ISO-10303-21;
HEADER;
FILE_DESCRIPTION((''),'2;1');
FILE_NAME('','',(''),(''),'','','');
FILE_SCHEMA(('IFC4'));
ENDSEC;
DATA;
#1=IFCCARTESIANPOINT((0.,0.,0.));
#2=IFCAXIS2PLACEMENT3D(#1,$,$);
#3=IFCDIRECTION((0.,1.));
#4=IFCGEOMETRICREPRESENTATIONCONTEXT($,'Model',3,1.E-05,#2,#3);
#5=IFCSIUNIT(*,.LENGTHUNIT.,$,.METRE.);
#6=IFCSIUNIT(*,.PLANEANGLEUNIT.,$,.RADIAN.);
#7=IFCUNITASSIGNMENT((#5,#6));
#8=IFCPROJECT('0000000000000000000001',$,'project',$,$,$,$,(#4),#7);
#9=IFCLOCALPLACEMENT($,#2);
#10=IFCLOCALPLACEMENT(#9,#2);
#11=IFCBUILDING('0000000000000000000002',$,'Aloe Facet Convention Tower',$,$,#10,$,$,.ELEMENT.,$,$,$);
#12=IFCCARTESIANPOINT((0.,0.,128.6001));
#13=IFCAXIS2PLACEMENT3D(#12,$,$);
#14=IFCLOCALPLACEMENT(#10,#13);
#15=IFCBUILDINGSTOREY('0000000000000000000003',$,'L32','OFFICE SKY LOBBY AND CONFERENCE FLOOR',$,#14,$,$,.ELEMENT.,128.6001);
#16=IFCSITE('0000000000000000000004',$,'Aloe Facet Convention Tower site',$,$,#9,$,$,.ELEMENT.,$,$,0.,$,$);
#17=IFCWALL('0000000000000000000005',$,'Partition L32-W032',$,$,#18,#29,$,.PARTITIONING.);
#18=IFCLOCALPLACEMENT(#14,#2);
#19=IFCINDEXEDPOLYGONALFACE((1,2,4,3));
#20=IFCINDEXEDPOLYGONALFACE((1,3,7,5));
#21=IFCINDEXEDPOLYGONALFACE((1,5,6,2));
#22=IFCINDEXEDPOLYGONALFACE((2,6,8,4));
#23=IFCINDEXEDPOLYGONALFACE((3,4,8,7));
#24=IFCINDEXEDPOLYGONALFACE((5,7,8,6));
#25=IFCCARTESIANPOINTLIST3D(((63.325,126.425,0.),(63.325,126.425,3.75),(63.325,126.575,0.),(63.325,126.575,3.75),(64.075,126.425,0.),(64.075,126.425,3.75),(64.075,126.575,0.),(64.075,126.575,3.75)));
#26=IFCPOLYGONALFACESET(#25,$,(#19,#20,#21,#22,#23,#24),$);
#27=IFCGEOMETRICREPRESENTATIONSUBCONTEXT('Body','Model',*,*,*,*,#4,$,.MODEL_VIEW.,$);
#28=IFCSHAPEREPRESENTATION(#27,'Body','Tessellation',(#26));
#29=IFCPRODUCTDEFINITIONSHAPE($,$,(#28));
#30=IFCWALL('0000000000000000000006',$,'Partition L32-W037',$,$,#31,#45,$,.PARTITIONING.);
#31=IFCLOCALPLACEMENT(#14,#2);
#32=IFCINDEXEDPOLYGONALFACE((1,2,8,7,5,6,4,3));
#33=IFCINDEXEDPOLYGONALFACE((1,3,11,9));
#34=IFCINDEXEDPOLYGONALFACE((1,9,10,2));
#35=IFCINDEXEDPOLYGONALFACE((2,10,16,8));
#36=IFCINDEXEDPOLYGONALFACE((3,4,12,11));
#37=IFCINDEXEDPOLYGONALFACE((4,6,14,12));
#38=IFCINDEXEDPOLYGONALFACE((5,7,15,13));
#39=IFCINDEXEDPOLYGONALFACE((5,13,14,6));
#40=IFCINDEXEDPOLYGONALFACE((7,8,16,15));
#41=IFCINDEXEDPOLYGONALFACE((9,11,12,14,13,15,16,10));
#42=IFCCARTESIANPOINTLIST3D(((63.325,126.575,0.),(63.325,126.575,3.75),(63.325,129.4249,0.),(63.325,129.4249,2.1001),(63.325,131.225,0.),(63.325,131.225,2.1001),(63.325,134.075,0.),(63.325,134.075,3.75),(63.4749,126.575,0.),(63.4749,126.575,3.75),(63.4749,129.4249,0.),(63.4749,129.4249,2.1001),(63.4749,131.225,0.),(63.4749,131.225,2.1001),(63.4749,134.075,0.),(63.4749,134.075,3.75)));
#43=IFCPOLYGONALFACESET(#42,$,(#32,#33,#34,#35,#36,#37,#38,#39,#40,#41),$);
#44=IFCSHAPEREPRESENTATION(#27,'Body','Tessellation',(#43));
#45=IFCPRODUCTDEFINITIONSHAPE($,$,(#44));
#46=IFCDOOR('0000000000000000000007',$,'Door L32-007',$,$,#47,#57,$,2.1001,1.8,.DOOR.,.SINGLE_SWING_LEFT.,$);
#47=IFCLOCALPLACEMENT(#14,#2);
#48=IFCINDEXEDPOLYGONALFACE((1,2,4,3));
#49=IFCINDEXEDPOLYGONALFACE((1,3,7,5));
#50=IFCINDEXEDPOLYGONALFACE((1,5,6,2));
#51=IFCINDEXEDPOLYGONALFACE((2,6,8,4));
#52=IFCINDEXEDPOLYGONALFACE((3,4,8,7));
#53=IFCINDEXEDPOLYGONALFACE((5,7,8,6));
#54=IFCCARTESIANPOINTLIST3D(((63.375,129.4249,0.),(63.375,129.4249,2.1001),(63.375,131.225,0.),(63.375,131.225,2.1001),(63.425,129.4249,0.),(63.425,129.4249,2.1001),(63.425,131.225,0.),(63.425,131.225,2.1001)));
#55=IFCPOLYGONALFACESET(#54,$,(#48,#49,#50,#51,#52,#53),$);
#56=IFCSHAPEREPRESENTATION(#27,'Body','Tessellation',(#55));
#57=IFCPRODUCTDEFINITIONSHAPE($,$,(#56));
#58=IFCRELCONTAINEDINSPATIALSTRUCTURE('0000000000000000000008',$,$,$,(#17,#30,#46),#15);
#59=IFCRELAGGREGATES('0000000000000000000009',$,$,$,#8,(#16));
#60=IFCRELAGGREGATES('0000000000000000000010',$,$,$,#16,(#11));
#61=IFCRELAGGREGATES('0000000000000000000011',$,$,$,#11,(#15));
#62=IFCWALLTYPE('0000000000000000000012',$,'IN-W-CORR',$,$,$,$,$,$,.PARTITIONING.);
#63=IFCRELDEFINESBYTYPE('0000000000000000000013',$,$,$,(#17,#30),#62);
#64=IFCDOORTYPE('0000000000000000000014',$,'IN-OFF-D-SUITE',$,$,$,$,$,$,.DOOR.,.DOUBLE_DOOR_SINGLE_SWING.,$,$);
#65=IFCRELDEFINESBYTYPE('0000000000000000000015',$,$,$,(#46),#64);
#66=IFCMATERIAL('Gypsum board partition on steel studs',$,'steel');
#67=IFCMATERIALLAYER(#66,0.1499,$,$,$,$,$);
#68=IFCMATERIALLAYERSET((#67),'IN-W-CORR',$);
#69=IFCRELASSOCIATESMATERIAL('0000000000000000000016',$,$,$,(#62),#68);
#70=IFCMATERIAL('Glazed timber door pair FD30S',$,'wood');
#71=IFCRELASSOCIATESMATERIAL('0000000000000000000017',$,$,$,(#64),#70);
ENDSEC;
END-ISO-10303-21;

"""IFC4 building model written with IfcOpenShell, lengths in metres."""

from ifc_helpers import new_model, si_unit, direction, frame, frame_2d, origin, place, context, subcontext, project, spatial, rectangle, extrude, material, layer, layer_set, type_object, element, fill, save


model = new_model("IFC4")

# Units and contexts
model_context = context("Model", 3, precision=1e-05, world=origin(), true_north=direction((0.0, 1.0)))
body_context = subcontext(model_context, "Body", "Model", "MODEL_VIEW")
ifc_project = project(units=[si_unit("LENGTHUNIT", "METRE"), si_unit("PLANEANGLEUNIT", "RADIAN")], contexts=[model_context])

# Site, building, storey
site_placement = place(None, origin())
site = spatial("IfcSite", under=ifc_project, at=site_placement, Name="Aloe Facet Convention Tower site", CompositionType="ELEMENT", RefElevation=0.0)
building_placement = place(site_placement, origin())
building = spatial("IfcBuilding", under=site, at=building_placement, Name="Aloe Facet Convention Tower", CompositionType="ELEMENT")
storey_placement = place(building_placement, frame((0.0, 0.0, 128.6001)))
storey = spatial("IfcBuildingStorey", under=building, at=storey_placement, Name="L32", Description="OFFICE SKY LOBBY AND CONFERENCE FLOOR", CompositionType="ELEMENT", Elevation=128.6001)

# Wall
ifc_material_1 = material(Name="Gypsum board partition on steel studs", Category="steel")
ifc_layer_1 = layer(ifc_material_1, 0.1499)
ifc_layer_set_1 = layer_set([ifc_layer_1], Name="IN-W-CORR")
wall_type_1 = type_object("IfcWallType", Name="IN-W-CORR", PredefinedType="PARTITIONING", material=ifc_layer_set_1)
wall_1_placement = place(storey_placement, frame((63.325, 126.5, 0.0), z_axis=(0.0, 0.0, 1.0), x_axis=(1.0, 0.0, 0.0)))
element("IfcWall", 1, at=wall_1_placement, inside=storey, type_object=wall_type_1, Name="Partition L32-W032", PredefinedType="PARTITIONING", context=body_context, shape_type="SweptSolid", body=[
    extrude(rectangle(XDim=0.75, YDim=0.1499, at=frame_2d((0.375, 0.0))), origin(), (0.0, 0.0, 1.0), 3.75),
])

# Wall, opening, door
wall_2_placement = place(storey_placement, frame((63.3999, 126.575, 0.0), z_axis=(0.0, 0.0, 1.0), x_axis=(0.0, 1.0, 0.0)))
wall_2 = element("IfcWall", 2, at=wall_2_placement, inside=storey, type_object=wall_type_1, Name="Partition L32-W037", PredefinedType="PARTITIONING", context=body_context, shape_type="SweptSolid", body=[
    extrude(rectangle(XDim=7.5, YDim=0.1499, at=frame_2d((3.75, 0.0))), origin(), (0.0, 0.0, 1.0), 3.75),
])
opening_1_placement = place(wall_2_placement, frame((2.8501, 0.0, 0.0)))
opening_1 = element("IfcOpeningElement", 3, at=opening_1_placement, cuts=wall_2, PredefinedType="OPENING", context=body_context, shape_type="SweptSolid", body=[
    extrude(rectangle(XDim=1.8, YDim=2.1001, at=frame_2d((0.8999, 1.05))), frame((0.0, 0.085, 0.0), z_axis=(0.0, -1.0, 0.0), x_axis=(1.0, 0.0, 0.0)), (0.0, 0.0, 1.0), 0.1699),
])
ifc_material_2 = material(Name="Glazed timber door pair FD30S", Category="wood")
door_type = type_object("IfcDoorType", Name="IN-OFF-D-SUITE", OperationType="DOUBLE_DOOR_SINGLE_SWING", PredefinedType="DOOR", material=ifc_material_2)
door_placement = place(opening_1_placement, origin())
door = element("IfcDoor", 4, at=door_placement, inside=storey, type_object=door_type, Name="Door L32-007", OperationType="SINGLE_SWING_LEFT", OverallHeight=2.1001, OverallWidth=1.8, PredefinedType="DOOR", context=body_context, shape_type="SweptSolid", body=[
    extrude(rectangle(XDim=1.8, YDim=2.1001, at=frame_2d((0.8999, 1.05))), frame((0.0, 0.0249, 0.0), z_axis=(0.0, -1.0, 0.0), x_axis=(1.0, 0.0, 0.0)), (0.0, 0.0, 1.0), 0.05),
])
fill(opening_1, door)

save(model, "model.ifc")
